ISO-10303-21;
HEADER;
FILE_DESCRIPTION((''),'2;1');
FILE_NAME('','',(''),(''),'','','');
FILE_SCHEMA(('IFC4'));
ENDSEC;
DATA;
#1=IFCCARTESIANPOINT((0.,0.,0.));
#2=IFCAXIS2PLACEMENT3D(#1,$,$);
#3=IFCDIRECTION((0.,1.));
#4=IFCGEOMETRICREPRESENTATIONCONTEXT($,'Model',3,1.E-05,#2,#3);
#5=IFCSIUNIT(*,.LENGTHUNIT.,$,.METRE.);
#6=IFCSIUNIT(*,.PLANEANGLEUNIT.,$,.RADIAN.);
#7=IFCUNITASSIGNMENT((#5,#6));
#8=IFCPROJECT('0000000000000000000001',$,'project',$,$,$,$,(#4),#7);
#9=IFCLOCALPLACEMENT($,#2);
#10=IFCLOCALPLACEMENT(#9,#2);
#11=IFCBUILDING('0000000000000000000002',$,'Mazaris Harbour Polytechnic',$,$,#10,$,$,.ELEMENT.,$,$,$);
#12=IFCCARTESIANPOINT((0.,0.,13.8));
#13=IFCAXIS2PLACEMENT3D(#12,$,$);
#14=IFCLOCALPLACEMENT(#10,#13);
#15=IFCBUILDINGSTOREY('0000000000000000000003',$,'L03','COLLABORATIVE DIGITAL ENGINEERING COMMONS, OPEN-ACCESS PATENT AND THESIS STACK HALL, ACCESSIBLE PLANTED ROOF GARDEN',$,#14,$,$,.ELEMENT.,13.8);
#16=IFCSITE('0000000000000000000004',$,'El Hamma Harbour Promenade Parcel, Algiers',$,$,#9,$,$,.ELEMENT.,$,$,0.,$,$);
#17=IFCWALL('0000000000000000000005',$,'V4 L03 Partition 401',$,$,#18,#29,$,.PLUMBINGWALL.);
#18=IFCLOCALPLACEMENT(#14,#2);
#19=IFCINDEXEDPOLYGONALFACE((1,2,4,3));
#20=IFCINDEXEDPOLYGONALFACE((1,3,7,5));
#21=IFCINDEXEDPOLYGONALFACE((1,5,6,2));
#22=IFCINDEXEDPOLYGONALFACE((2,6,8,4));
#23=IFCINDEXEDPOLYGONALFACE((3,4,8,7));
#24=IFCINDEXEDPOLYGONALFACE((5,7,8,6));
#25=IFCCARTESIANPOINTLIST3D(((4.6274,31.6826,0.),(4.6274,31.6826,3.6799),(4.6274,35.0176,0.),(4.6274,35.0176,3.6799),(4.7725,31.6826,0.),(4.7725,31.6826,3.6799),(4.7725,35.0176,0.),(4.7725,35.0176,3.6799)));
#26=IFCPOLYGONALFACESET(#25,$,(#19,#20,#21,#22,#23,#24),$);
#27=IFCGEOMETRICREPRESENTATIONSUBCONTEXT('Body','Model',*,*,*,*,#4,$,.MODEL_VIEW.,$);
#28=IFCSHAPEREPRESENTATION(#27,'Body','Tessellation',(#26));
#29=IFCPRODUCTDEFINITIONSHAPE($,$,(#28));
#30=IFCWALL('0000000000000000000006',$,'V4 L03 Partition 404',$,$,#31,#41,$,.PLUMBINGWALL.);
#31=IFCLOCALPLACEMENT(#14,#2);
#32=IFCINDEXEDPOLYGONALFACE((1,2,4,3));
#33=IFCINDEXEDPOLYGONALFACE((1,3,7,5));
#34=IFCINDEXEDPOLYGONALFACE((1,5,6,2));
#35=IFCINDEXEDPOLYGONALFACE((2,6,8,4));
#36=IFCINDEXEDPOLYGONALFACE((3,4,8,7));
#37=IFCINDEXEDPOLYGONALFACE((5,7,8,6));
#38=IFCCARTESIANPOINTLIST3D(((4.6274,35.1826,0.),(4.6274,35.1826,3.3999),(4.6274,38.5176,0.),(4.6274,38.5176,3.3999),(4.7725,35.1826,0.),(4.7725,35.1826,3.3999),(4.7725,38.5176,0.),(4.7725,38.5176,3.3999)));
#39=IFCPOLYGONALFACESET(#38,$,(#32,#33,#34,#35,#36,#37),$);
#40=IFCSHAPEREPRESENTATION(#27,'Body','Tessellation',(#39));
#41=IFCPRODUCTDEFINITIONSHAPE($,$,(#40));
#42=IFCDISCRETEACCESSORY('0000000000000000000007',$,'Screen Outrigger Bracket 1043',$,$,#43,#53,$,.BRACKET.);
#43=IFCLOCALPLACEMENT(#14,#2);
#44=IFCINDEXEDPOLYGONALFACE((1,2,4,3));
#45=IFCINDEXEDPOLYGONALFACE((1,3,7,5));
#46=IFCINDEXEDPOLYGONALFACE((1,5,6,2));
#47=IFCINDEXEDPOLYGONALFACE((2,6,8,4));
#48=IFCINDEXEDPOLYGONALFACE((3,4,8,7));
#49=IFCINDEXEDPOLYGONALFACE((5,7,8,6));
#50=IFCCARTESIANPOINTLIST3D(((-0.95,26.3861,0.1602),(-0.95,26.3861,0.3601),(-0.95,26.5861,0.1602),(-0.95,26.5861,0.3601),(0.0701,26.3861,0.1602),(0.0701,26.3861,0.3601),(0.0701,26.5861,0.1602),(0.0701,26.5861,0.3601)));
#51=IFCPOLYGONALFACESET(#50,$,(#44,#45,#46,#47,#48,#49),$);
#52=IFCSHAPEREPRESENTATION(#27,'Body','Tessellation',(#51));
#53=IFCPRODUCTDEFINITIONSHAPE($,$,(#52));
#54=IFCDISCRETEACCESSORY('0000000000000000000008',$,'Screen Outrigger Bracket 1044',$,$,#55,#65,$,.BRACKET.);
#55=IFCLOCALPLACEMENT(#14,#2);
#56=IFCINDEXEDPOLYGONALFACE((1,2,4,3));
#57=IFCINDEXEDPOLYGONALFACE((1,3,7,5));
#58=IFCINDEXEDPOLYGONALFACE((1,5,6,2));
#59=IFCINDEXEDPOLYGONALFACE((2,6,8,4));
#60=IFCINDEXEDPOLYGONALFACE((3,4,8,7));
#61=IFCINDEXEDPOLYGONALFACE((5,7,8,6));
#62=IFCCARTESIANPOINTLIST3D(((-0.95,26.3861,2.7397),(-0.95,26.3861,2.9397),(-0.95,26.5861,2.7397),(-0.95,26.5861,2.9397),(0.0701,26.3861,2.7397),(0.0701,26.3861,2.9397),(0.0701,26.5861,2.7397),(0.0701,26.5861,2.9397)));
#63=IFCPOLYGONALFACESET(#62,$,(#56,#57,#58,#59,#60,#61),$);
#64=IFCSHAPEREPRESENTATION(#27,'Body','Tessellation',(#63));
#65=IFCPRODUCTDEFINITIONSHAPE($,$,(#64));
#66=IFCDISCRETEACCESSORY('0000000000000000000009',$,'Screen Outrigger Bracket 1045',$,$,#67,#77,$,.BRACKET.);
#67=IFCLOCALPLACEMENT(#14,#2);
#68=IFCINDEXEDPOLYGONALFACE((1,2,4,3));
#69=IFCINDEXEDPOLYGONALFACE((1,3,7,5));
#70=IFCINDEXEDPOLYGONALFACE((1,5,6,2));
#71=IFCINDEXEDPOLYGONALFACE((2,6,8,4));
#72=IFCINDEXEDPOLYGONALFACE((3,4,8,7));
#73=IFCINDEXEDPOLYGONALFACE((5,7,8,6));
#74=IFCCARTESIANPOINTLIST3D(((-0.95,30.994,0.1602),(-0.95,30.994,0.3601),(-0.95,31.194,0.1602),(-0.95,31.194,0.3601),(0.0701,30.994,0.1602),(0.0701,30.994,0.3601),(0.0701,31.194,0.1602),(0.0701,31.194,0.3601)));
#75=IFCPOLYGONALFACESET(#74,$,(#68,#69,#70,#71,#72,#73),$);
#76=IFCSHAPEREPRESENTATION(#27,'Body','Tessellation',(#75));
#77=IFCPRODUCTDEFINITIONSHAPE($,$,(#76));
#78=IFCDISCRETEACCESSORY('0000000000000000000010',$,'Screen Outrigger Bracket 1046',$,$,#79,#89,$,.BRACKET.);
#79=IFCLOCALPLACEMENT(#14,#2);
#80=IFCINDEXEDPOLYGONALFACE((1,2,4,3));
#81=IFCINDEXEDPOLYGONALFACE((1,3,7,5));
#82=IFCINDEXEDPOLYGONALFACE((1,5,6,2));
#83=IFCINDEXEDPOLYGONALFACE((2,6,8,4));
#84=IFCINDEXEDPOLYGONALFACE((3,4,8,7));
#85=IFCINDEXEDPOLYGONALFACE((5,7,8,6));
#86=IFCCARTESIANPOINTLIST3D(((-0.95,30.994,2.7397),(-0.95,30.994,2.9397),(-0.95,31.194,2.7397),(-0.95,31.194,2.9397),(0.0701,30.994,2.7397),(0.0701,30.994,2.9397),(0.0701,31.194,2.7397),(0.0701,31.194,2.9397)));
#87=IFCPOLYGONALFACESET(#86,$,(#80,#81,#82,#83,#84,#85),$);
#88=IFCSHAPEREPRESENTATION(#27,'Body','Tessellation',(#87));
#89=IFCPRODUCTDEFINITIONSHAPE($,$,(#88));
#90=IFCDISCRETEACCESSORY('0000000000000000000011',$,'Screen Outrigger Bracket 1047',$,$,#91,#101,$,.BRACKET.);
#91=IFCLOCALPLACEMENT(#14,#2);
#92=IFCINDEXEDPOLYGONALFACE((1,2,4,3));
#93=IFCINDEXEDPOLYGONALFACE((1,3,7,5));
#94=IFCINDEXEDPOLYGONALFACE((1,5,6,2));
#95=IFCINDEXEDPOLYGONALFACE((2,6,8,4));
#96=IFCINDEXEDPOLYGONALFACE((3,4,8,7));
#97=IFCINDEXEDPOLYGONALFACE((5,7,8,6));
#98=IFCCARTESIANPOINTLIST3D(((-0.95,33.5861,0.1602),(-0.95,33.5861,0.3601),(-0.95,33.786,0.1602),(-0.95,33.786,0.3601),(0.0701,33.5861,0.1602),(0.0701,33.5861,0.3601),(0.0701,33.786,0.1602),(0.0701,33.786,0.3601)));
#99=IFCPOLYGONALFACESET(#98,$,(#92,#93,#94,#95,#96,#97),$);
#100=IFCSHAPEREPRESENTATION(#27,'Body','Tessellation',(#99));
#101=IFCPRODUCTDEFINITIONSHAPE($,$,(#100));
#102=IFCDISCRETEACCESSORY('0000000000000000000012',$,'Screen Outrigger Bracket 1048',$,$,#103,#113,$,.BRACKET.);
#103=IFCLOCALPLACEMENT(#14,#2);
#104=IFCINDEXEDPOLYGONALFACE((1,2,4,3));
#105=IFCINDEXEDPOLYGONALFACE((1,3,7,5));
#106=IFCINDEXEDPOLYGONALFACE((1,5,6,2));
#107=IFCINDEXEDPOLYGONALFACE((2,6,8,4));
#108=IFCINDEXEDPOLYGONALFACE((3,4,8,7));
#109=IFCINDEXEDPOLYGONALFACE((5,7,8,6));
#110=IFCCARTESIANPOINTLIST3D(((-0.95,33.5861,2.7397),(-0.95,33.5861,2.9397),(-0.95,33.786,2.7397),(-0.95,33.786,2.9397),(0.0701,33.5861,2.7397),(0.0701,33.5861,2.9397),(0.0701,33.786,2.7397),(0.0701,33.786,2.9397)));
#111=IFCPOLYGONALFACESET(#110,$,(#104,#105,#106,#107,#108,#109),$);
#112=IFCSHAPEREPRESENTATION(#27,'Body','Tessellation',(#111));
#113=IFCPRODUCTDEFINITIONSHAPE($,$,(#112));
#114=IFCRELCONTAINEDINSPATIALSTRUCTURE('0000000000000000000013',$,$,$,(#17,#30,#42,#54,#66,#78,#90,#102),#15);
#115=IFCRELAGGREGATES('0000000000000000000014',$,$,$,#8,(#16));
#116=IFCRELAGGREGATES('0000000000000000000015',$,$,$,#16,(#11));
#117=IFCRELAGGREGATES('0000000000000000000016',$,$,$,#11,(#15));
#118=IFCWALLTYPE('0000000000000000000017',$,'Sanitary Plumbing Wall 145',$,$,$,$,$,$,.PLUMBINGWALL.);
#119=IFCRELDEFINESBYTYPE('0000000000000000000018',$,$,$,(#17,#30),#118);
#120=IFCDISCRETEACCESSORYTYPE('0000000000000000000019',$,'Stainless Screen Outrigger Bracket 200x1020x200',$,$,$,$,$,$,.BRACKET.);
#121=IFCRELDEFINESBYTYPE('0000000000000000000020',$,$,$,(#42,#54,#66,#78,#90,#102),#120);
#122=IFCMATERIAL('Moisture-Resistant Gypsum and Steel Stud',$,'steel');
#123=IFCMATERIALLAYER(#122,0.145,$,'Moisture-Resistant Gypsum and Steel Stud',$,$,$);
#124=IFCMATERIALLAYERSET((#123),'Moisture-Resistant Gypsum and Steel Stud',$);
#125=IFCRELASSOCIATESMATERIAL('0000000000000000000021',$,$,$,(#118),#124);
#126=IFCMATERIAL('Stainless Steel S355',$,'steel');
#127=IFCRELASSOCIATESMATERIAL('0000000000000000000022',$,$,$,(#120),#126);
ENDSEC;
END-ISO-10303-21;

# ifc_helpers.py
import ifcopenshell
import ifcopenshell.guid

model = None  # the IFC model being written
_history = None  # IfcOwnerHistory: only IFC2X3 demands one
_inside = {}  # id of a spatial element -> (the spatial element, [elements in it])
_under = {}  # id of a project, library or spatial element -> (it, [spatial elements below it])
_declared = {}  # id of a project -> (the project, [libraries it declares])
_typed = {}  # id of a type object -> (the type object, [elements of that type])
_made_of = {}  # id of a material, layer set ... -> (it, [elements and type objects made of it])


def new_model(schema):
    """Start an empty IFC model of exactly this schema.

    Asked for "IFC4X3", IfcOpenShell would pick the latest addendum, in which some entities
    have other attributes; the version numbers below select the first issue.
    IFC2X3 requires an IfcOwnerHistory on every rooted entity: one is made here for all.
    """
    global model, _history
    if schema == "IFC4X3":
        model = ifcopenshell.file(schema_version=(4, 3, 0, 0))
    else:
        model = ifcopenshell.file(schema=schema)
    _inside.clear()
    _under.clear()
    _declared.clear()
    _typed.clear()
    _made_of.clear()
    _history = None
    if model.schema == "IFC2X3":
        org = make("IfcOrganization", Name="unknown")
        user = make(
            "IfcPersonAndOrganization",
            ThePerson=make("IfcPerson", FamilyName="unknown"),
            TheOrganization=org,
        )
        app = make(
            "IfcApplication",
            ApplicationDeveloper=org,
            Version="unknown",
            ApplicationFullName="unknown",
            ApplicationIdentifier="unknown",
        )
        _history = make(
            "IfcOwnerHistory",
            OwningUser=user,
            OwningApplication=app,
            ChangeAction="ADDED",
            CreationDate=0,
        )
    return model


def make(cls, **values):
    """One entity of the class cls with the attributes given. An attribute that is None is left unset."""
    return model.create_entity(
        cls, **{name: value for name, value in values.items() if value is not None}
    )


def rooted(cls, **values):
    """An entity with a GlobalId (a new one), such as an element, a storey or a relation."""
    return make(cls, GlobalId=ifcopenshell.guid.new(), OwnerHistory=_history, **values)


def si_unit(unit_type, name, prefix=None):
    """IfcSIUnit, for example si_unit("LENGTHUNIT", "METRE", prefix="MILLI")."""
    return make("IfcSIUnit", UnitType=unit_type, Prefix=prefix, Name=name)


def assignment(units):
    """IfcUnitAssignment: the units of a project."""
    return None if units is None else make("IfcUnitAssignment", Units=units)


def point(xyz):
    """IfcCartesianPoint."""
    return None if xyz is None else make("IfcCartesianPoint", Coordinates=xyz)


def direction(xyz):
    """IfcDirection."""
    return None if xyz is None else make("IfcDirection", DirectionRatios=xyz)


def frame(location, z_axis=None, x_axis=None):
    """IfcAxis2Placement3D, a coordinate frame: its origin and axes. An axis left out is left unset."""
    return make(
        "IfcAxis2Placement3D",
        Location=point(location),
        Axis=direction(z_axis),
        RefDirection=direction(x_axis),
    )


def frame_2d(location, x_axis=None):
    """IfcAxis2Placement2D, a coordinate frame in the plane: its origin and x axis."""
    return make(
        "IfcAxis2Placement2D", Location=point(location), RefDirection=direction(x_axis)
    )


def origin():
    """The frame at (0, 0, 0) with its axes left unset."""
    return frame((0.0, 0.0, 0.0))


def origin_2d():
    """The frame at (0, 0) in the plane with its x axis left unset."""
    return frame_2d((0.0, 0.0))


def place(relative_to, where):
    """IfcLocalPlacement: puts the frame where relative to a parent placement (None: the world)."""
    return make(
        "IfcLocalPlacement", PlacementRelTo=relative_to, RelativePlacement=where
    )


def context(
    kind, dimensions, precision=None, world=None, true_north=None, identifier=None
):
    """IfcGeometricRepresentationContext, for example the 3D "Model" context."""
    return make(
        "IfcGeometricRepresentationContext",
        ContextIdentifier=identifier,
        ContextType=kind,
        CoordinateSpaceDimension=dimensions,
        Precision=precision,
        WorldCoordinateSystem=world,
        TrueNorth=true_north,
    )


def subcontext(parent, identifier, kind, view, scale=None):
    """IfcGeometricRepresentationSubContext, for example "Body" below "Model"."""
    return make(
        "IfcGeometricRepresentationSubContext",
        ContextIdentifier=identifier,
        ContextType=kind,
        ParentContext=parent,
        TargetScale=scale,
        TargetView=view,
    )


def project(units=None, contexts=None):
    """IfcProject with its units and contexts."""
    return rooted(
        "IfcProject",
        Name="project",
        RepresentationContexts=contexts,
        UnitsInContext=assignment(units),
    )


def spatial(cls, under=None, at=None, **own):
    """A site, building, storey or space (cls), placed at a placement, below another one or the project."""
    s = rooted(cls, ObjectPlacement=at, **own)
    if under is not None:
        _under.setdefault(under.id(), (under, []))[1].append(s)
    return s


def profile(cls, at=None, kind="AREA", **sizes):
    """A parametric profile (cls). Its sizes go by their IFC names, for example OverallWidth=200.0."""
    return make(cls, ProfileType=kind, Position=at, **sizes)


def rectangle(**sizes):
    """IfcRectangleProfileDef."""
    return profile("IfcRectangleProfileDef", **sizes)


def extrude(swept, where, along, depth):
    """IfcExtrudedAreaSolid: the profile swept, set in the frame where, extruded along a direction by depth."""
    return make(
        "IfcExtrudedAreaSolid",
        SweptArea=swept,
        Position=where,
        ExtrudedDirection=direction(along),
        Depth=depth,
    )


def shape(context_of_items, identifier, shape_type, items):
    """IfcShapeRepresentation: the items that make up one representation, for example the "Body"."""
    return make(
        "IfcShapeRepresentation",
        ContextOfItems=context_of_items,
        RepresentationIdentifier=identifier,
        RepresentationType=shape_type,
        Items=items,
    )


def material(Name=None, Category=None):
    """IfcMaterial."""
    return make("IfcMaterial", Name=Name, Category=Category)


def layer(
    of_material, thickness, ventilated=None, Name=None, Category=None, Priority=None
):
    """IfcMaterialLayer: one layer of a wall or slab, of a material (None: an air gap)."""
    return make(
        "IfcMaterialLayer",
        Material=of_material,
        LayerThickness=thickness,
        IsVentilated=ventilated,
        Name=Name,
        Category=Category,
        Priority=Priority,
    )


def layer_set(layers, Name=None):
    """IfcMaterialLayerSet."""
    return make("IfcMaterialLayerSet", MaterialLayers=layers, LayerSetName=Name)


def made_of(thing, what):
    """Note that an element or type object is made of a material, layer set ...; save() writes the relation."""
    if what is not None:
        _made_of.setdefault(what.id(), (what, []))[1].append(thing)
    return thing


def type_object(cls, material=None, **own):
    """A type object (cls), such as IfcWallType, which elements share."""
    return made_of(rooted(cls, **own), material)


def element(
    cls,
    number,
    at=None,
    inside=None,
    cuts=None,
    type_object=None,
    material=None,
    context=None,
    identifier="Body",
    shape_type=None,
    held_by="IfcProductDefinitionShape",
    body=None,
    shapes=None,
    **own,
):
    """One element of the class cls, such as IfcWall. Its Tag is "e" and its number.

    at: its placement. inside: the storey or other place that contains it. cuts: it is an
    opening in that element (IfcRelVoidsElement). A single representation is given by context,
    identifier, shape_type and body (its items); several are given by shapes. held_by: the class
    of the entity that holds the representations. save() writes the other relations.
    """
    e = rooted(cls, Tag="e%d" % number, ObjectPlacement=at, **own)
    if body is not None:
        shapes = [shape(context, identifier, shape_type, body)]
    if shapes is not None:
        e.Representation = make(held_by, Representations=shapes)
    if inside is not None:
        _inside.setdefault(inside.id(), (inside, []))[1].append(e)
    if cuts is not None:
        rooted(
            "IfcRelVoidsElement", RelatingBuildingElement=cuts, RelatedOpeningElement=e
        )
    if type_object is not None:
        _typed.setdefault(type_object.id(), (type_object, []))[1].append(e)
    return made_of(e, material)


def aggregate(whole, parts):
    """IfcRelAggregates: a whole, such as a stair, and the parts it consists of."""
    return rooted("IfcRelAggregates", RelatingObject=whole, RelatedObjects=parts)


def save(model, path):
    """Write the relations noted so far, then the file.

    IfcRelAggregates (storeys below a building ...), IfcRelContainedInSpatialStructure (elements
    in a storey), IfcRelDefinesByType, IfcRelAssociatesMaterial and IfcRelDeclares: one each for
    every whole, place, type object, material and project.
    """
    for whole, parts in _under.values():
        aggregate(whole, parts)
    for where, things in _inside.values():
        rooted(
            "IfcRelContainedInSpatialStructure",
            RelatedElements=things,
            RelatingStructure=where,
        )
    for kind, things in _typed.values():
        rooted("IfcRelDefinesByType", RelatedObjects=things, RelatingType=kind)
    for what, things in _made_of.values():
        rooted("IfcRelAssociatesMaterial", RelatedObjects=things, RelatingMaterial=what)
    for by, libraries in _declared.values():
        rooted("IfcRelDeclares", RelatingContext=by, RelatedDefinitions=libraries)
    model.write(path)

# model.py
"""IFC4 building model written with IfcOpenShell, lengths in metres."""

from ifc_helpers import new_model, si_unit, direction, frame, frame_2d, origin, origin_2d, place, context, subcontext, project, spatial, rectangle, extrude, material, layer, layer_set, type_object, element, save


model = new_model("IFC4")

# Units and contexts
model_context = context("Model", 3, precision=1e-05, world=origin(), true_north=direction((0.0, 1.0)))
body_context = subcontext(model_context, "Body", "Model", "MODEL_VIEW")
ifc_project = project(units=[si_unit("LENGTHUNIT", "METRE"), si_unit("PLANEANGLEUNIT", "RADIAN")], contexts=[model_context])

# Site, building, storey
site_placement = place(None, origin())
site = spatial("IfcSite", under=ifc_project, at=site_placement, Name="El Hamma Harbour Promenade Parcel, Algiers", CompositionType="ELEMENT", RefElevation=0.0)
building_placement = place(site_placement, origin())
building = spatial("IfcBuilding", under=site, at=building_placement, Name="Mazaris Harbour Polytechnic", CompositionType="ELEMENT")
storey_placement = place(building_placement, frame((0.0, 0.0, 13.8)))
storey = spatial("IfcBuildingStorey", under=building, at=storey_placement, Name="L03", Description="COLLABORATIVE DIGITAL ENGINEERING COMMONS, OPEN-ACCESS PATENT AND THESIS STACK HALL, ACCESSIBLE PLANTED ROOF GARDEN", CompositionType="ELEMENT", Elevation=13.8)

# Walls
ifc_material_1 = material(Name="Moisture-Resistant Gypsum and Steel Stud", Category="steel")
ifc_layer_1 = layer(ifc_material_1, 0.145, Name="Moisture-Resistant Gypsum and Steel Stud")
ifc_layer_set_1 = layer_set([ifc_layer_1], Name="Moisture-Resistant Gypsum and Steel Stud")
wall_type_1 = type_object("IfcWallType", Name="Sanitary Plumbing Wall 145", PredefinedType="PLUMBINGWALL", material=ifc_layer_set_1)
wall_1_placement = place(storey_placement, frame((4.7, 31.6826, 0.0), z_axis=(0.0, 0.0, 1.0), x_axis=(0.0, 1.0, 0.0)))
element("IfcWall", 1, at=wall_1_placement, inside=storey, type_object=wall_type_1, Name="V4 L03 Partition 401", PredefinedType="PLUMBINGWALL", context=body_context, shape_type="SweptSolid", body=[
    extrude(rectangle(XDim=3.335, YDim=0.145, at=frame_2d((1.6675, 0.0))), origin(), (0.0, 0.0, 1.0), 3.6799),
])
wall_2_placement = place(storey_placement, frame((4.7, 35.1826, 0.0), z_axis=(0.0, 0.0, 1.0), x_axis=(0.0, 1.0, 0.0)))
element("IfcWall", 2, at=wall_2_placement, inside=storey, type_object=wall_type_1, Name="V4 L03 Partition 404", PredefinedType="PLUMBINGWALL", context=body_context, shape_type="SweptSolid", body=[
    extrude(rectangle(XDim=3.335, YDim=0.145, at=frame_2d((1.6675, 0.0))), origin(), (0.0, 0.0, 1.0), 3.3999),
])

# Discrete accessories
ifc_material_2 = material(Name="Stainless Steel S355", Category="steel")
discrete_accessory_type = type_object("IfcDiscreteAccessoryType", Name="Stainless Screen Outrigger Bracket 200x1020x200", PredefinedType="BRACKET", material=ifc_material_2)
for number, where, z_axis, x_axis, name in (
    (3, (-0.4399, 26.4861, 0.1602), (0.0, 0.0, 1.0), (0.0, 1.0, 0.0), "Screen Outrigger Bracket 1043"),
    (4, (-0.4399, 26.4861, 2.7397), (0.0, 0.0, 1.0), (0.0, 1.0, 0.0), "Screen Outrigger Bracket 1044"),
    (5, (-0.4399, 31.094, 0.1602), (0.0, 0.0, 1.0), (0.0, 1.0, 0.0), "Screen Outrigger Bracket 1045"),
    (6, (-0.4399, 31.094, 2.7397), (0.0, 0.0, 1.0), (0.0, 1.0, 0.0), "Screen Outrigger Bracket 1046"),
    (7, (-0.4399, 33.686, 0.1602), (0.0, 0.0, 1.0), (0.0, 1.0, 0.0), "Screen Outrigger Bracket 1047"),
    (8, (-0.4399, 33.686, 2.7397), (0.0, 0.0, 1.0), (0.0, 1.0, 0.0), "Screen Outrigger Bracket 1048"),
):
    element("IfcDiscreteAccessory", number, at=place(storey_placement, frame(where, z_axis=z_axis, x_axis=x_axis)), inside=storey, type_object=discrete_accessory_type, Name=name, PredefinedType="BRACKET", context=body_context, shape_type="SweptSolid", body=[
        extrude(rectangle(XDim=0.2, YDim=1.02, at=origin_2d()), origin(), (0.0, 0.0, 1.0), 0.2),
    ])

save(model, "model.ifc")
